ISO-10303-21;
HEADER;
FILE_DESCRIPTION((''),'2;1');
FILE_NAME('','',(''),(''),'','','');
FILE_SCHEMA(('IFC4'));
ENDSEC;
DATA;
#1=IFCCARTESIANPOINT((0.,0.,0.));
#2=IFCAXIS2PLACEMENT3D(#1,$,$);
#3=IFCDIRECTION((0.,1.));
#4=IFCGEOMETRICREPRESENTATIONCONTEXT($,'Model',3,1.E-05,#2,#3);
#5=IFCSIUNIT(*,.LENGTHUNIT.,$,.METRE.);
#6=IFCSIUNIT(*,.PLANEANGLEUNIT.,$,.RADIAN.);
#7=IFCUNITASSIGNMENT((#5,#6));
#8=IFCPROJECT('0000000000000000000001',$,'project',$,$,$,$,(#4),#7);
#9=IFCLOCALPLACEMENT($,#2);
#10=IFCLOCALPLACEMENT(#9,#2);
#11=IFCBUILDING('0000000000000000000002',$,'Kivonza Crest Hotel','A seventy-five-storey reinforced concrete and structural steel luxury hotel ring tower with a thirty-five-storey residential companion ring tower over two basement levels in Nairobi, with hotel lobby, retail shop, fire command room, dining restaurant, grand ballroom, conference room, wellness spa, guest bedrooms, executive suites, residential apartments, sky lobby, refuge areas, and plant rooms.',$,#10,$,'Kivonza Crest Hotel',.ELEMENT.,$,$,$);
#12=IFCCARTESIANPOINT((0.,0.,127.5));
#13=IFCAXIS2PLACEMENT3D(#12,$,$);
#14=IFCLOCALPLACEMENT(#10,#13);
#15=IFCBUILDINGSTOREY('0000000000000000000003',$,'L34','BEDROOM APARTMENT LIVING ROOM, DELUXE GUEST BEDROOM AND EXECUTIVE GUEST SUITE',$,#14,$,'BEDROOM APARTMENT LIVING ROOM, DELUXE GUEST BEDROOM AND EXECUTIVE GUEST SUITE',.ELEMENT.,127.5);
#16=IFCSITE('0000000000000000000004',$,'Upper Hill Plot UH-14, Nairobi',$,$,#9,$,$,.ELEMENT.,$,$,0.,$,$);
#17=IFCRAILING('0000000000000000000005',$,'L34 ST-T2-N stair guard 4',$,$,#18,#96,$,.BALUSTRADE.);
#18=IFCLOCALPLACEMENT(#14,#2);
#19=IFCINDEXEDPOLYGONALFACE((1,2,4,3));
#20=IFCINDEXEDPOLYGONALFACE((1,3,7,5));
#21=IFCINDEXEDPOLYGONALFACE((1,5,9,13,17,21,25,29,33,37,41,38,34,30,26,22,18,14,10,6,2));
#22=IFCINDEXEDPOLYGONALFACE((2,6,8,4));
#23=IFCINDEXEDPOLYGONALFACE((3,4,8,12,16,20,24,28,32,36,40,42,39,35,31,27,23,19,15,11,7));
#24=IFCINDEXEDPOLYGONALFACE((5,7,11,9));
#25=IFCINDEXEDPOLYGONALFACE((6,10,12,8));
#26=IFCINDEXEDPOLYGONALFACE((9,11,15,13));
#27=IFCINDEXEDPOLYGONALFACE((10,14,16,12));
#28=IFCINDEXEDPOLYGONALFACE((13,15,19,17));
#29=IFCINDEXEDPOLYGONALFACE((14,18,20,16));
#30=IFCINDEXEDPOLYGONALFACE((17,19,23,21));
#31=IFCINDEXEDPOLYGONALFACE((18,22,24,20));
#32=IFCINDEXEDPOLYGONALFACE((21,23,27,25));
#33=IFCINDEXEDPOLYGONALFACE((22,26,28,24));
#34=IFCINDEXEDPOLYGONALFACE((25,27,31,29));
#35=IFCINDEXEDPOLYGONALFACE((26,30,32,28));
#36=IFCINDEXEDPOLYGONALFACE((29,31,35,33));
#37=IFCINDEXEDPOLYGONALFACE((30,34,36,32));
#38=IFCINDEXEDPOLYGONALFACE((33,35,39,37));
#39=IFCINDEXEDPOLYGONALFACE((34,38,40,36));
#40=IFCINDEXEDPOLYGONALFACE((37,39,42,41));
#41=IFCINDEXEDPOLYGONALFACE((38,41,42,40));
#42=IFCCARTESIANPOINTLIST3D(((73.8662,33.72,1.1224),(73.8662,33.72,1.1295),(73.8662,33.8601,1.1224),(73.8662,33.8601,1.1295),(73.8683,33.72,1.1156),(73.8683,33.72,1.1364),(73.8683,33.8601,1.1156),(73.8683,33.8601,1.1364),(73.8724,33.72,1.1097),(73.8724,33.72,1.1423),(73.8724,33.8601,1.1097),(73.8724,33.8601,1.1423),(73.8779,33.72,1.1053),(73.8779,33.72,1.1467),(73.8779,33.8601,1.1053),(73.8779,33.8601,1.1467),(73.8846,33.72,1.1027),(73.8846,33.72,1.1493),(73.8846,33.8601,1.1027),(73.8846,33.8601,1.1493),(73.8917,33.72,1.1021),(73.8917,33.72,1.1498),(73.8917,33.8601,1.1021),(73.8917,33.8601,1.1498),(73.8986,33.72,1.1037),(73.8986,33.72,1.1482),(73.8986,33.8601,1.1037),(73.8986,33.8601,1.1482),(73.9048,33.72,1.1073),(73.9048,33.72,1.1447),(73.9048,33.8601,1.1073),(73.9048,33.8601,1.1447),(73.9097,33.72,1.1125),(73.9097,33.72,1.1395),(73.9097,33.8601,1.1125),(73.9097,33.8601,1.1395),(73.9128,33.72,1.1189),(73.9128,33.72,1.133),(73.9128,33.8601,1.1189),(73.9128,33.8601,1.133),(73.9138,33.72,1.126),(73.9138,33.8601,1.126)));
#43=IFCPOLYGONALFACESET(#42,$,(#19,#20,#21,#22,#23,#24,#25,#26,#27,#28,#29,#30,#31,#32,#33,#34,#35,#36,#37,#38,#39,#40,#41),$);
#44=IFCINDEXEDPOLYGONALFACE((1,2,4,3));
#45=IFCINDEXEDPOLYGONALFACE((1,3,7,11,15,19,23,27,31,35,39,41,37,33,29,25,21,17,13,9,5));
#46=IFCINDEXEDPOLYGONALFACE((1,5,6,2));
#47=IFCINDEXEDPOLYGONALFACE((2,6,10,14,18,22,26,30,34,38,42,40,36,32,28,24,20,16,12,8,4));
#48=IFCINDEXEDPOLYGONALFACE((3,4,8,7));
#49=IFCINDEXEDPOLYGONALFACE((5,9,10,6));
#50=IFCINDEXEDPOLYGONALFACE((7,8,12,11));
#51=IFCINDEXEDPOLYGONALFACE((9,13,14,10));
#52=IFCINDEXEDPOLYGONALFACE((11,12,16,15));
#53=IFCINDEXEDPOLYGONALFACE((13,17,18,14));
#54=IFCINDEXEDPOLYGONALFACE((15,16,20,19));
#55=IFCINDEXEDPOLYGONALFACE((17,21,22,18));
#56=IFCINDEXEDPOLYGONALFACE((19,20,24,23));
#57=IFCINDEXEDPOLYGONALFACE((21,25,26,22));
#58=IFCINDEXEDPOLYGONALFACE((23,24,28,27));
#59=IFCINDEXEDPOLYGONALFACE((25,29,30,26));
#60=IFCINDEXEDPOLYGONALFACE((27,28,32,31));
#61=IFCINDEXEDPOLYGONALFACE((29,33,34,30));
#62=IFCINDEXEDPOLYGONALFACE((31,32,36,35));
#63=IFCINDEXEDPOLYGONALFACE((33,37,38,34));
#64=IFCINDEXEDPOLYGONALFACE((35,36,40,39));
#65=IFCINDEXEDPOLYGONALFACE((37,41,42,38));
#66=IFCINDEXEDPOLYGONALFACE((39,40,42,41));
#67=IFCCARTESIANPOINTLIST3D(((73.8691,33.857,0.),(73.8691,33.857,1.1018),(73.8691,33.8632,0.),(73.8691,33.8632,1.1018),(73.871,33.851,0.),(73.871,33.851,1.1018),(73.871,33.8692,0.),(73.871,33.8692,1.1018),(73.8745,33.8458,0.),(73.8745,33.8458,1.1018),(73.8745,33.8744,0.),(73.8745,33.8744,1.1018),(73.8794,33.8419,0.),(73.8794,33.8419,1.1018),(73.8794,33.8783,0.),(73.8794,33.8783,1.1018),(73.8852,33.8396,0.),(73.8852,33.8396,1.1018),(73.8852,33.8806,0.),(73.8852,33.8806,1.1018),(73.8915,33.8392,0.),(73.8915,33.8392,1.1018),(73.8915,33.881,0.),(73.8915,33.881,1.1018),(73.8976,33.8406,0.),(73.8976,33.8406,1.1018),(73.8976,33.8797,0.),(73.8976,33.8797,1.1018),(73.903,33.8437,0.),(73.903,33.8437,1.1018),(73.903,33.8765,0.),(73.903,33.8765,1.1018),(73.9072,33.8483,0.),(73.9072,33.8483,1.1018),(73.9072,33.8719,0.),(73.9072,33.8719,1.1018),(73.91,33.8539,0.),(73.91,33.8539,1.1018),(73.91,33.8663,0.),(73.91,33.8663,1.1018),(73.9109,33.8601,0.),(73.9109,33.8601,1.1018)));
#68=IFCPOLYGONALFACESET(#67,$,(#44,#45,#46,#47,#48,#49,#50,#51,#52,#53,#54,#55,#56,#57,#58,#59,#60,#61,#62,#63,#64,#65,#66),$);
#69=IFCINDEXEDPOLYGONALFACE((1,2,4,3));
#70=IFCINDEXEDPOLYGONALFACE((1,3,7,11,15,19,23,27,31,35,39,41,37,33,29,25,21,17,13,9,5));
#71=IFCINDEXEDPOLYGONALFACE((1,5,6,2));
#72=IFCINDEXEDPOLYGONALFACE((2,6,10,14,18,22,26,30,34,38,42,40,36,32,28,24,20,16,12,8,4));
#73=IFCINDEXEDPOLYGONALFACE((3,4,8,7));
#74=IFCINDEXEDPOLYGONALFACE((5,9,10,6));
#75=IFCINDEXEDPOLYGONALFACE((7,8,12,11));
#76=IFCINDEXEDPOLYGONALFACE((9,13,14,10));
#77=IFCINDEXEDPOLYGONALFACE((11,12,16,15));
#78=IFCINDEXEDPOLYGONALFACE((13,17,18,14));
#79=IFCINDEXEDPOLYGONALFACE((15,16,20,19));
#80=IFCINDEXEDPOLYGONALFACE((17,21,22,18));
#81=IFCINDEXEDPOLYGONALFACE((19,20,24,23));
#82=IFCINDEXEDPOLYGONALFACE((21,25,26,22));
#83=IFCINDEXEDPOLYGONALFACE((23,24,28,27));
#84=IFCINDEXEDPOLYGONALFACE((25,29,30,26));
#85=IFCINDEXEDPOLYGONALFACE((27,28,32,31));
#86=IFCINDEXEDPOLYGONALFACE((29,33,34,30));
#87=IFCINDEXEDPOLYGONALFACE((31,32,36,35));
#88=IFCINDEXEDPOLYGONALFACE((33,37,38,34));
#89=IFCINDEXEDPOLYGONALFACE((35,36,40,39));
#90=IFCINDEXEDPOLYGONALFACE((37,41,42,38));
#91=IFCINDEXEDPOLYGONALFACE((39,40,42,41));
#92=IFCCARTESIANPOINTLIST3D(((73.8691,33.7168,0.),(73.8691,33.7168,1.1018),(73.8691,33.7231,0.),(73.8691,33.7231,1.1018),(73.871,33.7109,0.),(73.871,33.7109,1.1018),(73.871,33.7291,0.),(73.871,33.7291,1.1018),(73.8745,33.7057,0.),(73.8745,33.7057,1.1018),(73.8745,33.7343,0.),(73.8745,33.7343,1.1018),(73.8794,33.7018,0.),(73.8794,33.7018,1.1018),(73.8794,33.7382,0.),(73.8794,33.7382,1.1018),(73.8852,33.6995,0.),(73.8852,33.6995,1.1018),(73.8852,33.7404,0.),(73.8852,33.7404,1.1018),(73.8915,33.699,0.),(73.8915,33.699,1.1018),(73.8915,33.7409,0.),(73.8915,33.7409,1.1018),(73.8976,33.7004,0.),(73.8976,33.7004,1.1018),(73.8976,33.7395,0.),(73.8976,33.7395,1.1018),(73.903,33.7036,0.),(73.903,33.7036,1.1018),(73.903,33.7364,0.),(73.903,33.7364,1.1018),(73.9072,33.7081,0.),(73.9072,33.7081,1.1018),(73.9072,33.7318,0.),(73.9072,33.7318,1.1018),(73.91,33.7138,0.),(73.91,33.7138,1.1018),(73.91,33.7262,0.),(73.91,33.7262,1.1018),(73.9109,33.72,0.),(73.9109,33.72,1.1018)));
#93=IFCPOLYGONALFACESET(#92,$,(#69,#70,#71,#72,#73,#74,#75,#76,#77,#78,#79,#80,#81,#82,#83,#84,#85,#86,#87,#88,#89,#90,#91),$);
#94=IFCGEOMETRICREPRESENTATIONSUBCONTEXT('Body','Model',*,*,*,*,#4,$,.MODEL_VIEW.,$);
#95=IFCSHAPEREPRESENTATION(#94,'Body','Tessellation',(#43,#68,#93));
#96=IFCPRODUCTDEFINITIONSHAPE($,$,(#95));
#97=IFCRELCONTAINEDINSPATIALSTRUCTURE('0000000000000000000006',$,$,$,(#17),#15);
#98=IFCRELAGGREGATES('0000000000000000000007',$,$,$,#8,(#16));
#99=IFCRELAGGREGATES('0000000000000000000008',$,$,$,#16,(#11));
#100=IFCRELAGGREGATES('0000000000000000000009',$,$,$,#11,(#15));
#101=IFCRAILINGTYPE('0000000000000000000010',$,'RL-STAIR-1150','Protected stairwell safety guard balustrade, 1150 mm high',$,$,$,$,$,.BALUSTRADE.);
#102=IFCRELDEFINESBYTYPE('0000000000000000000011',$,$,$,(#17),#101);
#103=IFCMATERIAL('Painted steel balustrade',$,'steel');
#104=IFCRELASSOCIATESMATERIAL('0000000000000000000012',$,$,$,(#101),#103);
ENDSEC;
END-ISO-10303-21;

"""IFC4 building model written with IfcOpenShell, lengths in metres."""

from ifc_helpers import new_model, si_unit, direction, frame, origin, origin_2d, place, context, subcontext, project, spatial, circle, extrude, material, type_object, element, save


model = new_model("IFC4")

# Units and contexts
model_context = context("Model", 3, precision=1e-05, world=origin(), true_north=direction((0.0, 1.0)))
body_context = subcontext(model_context, "Body", "Model", "MODEL_VIEW")
ifc_project = project(units=[si_unit("LENGTHUNIT", "METRE"), si_unit("PLANEANGLEUNIT", "RADIAN")], contexts=[model_context])

# Site, building, storey
site_placement = place(None, origin())
site = spatial("IfcSite", under=ifc_project, at=site_placement, Name="Upper Hill Plot UH-14, Nairobi", CompositionType="ELEMENT", RefElevation=0.0)
building_placement = place(site_placement, origin())
building = spatial("IfcBuilding", under=site, at=building_placement, Name="Kivonza Crest Hotel", Description="A seventy-five-storey reinforced concrete and structural steel luxury hotel ring tower with a thirty-five-storey residential companion ring tower over two basement levels in Nairobi, with hotel lobby, retail shop, fire command room, dining restaurant, grand ballroom, conference room, wellness spa, guest bedrooms, executive suites, residential apartments, sky lobby, refuge areas, and plant rooms.", LongName="Kivonza Crest Hotel", CompositionType="ELEMENT")
storey_placement = place(building_placement, frame((0.0, 0.0, 127.5)))
storey = spatial("IfcBuildingStorey", under=building, at=storey_placement, Name="L34", Description="BEDROOM APARTMENT LIVING ROOM, DELUXE GUEST BEDROOM AND EXECUTIVE GUEST SUITE", LongName="BEDROOM APARTMENT LIVING ROOM, DELUXE GUEST BEDROOM AND EXECUTIVE GUEST SUITE", CompositionType="ELEMENT", Elevation=127.5)

# Railing
ifc_material_1 = material(Name="Painted steel balustrade", Category="steel")
railing_type_1 = type_object("IfcRailingType", Name="RL-STAIR-1150", Description="Protected stairwell safety guard balustrade, 1150 mm high", PredefinedType="BALUSTRADE", material=ifc_material_1)
railing_1_placement = place(storey_placement, frame((73.8899, 33.8601, 0.0)))
element("IfcRailing", 1, at=railing_1_placement, inside=storey, type_object=railing_type_1, Name="L34 ST-T2-N stair guard 4", PredefinedType="BALUSTRADE", context=body_context, shape_type="SweptSolid", body=[
    extrude(circle(Radius=0.0239, at=origin_2d()), frame((0.0, 0.0, 1.126), z_axis=(0.0, -1.0, 0.0), x_axis=(1.0, 0.0, 0.0)), (0.0, 0.0, 1.0), 0.1401),
    extrude(circle(Radius=0.021, at=origin_2d()), origin(), (0.0, 0.0, 1.0), 1.1018),
    extrude(circle(Radius=0.021, at=origin_2d()), frame((0.0, -0.1401, 0.0)), (0.0, 0.0, 1.0), 1.1018),
])

save(model, "model.ifc")
